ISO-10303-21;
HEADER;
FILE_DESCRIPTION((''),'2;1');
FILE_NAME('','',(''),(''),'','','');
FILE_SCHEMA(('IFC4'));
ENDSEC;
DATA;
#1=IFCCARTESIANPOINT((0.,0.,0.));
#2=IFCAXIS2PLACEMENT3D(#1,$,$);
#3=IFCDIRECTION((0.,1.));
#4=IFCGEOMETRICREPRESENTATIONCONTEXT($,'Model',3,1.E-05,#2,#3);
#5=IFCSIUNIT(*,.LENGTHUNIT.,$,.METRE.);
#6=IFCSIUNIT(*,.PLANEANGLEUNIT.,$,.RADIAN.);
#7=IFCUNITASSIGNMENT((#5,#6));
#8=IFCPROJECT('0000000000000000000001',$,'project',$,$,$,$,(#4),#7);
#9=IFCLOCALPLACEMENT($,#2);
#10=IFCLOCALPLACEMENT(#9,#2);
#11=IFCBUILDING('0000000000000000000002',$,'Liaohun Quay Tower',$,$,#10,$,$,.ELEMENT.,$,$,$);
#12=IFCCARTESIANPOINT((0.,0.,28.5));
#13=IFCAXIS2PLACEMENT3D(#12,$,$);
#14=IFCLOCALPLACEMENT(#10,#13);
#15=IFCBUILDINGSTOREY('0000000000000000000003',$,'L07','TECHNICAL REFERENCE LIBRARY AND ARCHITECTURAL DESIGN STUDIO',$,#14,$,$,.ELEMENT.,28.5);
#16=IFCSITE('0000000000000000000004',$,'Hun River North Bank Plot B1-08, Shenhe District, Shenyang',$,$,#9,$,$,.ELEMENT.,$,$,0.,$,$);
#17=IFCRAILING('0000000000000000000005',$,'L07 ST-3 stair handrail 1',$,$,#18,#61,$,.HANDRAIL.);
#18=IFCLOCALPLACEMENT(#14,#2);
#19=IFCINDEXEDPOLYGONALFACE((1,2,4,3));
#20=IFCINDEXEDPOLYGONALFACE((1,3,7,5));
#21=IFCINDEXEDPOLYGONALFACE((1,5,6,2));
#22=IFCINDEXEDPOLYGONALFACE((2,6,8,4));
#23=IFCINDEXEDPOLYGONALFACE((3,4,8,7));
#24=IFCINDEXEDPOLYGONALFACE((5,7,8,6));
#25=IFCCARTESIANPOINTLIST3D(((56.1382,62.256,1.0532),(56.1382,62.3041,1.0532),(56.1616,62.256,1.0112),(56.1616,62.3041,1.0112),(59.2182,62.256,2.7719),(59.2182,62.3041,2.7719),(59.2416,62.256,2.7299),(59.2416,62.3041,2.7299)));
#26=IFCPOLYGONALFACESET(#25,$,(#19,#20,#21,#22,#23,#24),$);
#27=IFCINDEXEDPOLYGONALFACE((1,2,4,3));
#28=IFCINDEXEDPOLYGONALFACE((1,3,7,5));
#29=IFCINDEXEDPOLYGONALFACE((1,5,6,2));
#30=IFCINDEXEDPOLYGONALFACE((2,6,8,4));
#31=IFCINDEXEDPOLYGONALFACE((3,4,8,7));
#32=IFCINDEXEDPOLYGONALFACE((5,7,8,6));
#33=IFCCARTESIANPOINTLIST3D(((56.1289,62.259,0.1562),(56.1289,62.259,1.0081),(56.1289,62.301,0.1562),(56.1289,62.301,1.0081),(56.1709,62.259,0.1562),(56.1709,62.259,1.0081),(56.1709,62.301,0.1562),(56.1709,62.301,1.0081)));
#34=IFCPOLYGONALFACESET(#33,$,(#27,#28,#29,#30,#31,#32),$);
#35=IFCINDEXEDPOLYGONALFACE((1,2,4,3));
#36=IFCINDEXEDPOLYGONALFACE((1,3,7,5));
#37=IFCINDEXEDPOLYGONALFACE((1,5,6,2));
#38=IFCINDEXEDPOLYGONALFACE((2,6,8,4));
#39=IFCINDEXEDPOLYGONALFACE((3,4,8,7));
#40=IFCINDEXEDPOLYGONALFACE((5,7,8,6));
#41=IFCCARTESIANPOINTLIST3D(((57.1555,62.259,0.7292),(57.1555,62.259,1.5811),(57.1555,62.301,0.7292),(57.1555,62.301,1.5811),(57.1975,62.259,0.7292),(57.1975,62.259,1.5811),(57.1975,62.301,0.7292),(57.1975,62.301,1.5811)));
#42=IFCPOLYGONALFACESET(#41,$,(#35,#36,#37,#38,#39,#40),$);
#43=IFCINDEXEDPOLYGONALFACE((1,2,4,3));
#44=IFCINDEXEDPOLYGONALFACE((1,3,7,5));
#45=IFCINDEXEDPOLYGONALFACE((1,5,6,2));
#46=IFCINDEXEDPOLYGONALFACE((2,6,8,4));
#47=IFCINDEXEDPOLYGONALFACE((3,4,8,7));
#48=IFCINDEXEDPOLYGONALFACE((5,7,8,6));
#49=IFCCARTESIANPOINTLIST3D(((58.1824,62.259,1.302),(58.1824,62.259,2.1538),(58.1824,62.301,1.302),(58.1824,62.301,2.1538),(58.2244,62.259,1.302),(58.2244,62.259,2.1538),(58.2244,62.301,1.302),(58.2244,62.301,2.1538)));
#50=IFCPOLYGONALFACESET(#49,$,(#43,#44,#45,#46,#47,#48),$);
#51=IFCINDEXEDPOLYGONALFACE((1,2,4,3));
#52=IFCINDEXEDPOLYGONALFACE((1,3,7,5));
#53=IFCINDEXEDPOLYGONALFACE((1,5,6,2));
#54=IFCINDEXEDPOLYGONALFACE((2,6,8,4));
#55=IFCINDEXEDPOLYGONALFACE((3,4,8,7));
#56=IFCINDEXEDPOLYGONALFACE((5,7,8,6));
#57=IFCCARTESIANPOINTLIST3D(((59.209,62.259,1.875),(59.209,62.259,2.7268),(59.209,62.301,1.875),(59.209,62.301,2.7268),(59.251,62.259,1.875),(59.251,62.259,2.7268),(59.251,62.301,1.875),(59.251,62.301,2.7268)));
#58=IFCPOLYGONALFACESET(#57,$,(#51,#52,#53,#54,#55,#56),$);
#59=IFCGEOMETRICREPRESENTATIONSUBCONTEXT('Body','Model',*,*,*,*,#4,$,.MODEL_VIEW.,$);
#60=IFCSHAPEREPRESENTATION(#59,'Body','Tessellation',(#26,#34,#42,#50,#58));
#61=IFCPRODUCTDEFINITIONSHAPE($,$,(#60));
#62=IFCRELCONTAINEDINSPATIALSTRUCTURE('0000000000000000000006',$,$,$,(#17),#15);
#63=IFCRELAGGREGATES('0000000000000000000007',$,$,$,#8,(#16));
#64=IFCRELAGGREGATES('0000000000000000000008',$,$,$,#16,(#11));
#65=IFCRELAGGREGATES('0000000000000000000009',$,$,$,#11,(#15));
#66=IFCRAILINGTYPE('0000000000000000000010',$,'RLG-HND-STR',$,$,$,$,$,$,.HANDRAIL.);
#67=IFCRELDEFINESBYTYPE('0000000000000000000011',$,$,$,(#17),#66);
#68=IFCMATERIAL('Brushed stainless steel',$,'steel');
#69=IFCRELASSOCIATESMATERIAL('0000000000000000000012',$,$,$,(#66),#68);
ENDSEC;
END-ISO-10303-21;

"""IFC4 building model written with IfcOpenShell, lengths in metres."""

from ifc_helpers import new_model, si_unit, direction, frame, origin, origin_2d, place, context, subcontext, project, spatial, rectangle, extrude, material, type_object, element, save


model = new_model("IFC4")

# Units and contexts
model_context = context("Model", 3, precision=1e-05, world=origin(), true_north=direction((0.0, 1.0)))
body_context = subcontext(model_context, "Body", "Model", "MODEL_VIEW")
ifc_project = project(units=[si_unit("LENGTHUNIT", "METRE"), si_unit("PLANEANGLEUNIT", "RADIAN")], contexts=[model_context])

# Site, building, storey
site_placement = place(None, origin())
site = spatial("IfcSite", under=ifc_project, at=site_placement, Name="Hun River North Bank Plot B1-08, Shenhe District, Shenyang", CompositionType="ELEMENT", RefElevation=0.0)
building_placement = place(site_placement, origin())
building = spatial("IfcBuilding", under=site, at=building_placement, Name="Liaohun Quay Tower", CompositionType="ELEMENT")
storey_placement = place(building_placement, frame((0.0, 0.0, 28.5)))
storey = spatial("IfcBuildingStorey", under=building, at=storey_placement, Name="L07", Description="TECHNICAL REFERENCE LIBRARY AND ARCHITECTURAL DESIGN STUDIO", CompositionType="ELEMENT", Elevation=28.5)

# Railing
ifc_material_1 = material(Name="Brushed stainless steel", Category="steel")
railing_type_1 = type_object("IfcRailingType", Name="RLG-HND-STR", PredefinedType="HANDRAIL", material=ifc_material_1)
railing_1_placement = place(storey_placement, frame((56.1499, 62.28, 0.1562)))
element("IfcRailing", 1, at=railing_1_placement, inside=storey, type_object=railing_type_1, Name="L07 ST-3 stair handrail 1", PredefinedType="HANDRAIL", context=body_context, shape_type="SweptSolid", body=[
    extrude(rectangle(XDim=0.0481, YDim=0.0481, at=origin_2d()), frame((0.0, 0.0, 0.876), z_axis=(0.873242, 0.0, 0.487288), x_axis=(0.0, 1.0, 0.0)), (0.0, 0.0, 1.0), 3.5271),
    extrude(rectangle(XDim=0.042, YDim=0.042, at=origin_2d()), origin(), (0.0, 0.0, 1.0), 0.8518),
    extrude(rectangle(XDim=0.042, YDim=0.042, at=origin_2d()), frame((1.0266, 0.0, 0.573)), (0.0, 0.0, 1.0), 0.8518),
    extrude(rectangle(XDim=0.042, YDim=0.042, at=origin_2d()), frame((2.0535, 0.0, 1.1458)), (0.0, 0.0, 1.0), 0.8518),
    extrude(rectangle(XDim=0.042, YDim=0.042, at=origin_2d()), frame((3.0801, 0.0, 1.7188)), (0.0, 0.0, 1.0), 0.8518),
])

save(model, "model.ifc")
